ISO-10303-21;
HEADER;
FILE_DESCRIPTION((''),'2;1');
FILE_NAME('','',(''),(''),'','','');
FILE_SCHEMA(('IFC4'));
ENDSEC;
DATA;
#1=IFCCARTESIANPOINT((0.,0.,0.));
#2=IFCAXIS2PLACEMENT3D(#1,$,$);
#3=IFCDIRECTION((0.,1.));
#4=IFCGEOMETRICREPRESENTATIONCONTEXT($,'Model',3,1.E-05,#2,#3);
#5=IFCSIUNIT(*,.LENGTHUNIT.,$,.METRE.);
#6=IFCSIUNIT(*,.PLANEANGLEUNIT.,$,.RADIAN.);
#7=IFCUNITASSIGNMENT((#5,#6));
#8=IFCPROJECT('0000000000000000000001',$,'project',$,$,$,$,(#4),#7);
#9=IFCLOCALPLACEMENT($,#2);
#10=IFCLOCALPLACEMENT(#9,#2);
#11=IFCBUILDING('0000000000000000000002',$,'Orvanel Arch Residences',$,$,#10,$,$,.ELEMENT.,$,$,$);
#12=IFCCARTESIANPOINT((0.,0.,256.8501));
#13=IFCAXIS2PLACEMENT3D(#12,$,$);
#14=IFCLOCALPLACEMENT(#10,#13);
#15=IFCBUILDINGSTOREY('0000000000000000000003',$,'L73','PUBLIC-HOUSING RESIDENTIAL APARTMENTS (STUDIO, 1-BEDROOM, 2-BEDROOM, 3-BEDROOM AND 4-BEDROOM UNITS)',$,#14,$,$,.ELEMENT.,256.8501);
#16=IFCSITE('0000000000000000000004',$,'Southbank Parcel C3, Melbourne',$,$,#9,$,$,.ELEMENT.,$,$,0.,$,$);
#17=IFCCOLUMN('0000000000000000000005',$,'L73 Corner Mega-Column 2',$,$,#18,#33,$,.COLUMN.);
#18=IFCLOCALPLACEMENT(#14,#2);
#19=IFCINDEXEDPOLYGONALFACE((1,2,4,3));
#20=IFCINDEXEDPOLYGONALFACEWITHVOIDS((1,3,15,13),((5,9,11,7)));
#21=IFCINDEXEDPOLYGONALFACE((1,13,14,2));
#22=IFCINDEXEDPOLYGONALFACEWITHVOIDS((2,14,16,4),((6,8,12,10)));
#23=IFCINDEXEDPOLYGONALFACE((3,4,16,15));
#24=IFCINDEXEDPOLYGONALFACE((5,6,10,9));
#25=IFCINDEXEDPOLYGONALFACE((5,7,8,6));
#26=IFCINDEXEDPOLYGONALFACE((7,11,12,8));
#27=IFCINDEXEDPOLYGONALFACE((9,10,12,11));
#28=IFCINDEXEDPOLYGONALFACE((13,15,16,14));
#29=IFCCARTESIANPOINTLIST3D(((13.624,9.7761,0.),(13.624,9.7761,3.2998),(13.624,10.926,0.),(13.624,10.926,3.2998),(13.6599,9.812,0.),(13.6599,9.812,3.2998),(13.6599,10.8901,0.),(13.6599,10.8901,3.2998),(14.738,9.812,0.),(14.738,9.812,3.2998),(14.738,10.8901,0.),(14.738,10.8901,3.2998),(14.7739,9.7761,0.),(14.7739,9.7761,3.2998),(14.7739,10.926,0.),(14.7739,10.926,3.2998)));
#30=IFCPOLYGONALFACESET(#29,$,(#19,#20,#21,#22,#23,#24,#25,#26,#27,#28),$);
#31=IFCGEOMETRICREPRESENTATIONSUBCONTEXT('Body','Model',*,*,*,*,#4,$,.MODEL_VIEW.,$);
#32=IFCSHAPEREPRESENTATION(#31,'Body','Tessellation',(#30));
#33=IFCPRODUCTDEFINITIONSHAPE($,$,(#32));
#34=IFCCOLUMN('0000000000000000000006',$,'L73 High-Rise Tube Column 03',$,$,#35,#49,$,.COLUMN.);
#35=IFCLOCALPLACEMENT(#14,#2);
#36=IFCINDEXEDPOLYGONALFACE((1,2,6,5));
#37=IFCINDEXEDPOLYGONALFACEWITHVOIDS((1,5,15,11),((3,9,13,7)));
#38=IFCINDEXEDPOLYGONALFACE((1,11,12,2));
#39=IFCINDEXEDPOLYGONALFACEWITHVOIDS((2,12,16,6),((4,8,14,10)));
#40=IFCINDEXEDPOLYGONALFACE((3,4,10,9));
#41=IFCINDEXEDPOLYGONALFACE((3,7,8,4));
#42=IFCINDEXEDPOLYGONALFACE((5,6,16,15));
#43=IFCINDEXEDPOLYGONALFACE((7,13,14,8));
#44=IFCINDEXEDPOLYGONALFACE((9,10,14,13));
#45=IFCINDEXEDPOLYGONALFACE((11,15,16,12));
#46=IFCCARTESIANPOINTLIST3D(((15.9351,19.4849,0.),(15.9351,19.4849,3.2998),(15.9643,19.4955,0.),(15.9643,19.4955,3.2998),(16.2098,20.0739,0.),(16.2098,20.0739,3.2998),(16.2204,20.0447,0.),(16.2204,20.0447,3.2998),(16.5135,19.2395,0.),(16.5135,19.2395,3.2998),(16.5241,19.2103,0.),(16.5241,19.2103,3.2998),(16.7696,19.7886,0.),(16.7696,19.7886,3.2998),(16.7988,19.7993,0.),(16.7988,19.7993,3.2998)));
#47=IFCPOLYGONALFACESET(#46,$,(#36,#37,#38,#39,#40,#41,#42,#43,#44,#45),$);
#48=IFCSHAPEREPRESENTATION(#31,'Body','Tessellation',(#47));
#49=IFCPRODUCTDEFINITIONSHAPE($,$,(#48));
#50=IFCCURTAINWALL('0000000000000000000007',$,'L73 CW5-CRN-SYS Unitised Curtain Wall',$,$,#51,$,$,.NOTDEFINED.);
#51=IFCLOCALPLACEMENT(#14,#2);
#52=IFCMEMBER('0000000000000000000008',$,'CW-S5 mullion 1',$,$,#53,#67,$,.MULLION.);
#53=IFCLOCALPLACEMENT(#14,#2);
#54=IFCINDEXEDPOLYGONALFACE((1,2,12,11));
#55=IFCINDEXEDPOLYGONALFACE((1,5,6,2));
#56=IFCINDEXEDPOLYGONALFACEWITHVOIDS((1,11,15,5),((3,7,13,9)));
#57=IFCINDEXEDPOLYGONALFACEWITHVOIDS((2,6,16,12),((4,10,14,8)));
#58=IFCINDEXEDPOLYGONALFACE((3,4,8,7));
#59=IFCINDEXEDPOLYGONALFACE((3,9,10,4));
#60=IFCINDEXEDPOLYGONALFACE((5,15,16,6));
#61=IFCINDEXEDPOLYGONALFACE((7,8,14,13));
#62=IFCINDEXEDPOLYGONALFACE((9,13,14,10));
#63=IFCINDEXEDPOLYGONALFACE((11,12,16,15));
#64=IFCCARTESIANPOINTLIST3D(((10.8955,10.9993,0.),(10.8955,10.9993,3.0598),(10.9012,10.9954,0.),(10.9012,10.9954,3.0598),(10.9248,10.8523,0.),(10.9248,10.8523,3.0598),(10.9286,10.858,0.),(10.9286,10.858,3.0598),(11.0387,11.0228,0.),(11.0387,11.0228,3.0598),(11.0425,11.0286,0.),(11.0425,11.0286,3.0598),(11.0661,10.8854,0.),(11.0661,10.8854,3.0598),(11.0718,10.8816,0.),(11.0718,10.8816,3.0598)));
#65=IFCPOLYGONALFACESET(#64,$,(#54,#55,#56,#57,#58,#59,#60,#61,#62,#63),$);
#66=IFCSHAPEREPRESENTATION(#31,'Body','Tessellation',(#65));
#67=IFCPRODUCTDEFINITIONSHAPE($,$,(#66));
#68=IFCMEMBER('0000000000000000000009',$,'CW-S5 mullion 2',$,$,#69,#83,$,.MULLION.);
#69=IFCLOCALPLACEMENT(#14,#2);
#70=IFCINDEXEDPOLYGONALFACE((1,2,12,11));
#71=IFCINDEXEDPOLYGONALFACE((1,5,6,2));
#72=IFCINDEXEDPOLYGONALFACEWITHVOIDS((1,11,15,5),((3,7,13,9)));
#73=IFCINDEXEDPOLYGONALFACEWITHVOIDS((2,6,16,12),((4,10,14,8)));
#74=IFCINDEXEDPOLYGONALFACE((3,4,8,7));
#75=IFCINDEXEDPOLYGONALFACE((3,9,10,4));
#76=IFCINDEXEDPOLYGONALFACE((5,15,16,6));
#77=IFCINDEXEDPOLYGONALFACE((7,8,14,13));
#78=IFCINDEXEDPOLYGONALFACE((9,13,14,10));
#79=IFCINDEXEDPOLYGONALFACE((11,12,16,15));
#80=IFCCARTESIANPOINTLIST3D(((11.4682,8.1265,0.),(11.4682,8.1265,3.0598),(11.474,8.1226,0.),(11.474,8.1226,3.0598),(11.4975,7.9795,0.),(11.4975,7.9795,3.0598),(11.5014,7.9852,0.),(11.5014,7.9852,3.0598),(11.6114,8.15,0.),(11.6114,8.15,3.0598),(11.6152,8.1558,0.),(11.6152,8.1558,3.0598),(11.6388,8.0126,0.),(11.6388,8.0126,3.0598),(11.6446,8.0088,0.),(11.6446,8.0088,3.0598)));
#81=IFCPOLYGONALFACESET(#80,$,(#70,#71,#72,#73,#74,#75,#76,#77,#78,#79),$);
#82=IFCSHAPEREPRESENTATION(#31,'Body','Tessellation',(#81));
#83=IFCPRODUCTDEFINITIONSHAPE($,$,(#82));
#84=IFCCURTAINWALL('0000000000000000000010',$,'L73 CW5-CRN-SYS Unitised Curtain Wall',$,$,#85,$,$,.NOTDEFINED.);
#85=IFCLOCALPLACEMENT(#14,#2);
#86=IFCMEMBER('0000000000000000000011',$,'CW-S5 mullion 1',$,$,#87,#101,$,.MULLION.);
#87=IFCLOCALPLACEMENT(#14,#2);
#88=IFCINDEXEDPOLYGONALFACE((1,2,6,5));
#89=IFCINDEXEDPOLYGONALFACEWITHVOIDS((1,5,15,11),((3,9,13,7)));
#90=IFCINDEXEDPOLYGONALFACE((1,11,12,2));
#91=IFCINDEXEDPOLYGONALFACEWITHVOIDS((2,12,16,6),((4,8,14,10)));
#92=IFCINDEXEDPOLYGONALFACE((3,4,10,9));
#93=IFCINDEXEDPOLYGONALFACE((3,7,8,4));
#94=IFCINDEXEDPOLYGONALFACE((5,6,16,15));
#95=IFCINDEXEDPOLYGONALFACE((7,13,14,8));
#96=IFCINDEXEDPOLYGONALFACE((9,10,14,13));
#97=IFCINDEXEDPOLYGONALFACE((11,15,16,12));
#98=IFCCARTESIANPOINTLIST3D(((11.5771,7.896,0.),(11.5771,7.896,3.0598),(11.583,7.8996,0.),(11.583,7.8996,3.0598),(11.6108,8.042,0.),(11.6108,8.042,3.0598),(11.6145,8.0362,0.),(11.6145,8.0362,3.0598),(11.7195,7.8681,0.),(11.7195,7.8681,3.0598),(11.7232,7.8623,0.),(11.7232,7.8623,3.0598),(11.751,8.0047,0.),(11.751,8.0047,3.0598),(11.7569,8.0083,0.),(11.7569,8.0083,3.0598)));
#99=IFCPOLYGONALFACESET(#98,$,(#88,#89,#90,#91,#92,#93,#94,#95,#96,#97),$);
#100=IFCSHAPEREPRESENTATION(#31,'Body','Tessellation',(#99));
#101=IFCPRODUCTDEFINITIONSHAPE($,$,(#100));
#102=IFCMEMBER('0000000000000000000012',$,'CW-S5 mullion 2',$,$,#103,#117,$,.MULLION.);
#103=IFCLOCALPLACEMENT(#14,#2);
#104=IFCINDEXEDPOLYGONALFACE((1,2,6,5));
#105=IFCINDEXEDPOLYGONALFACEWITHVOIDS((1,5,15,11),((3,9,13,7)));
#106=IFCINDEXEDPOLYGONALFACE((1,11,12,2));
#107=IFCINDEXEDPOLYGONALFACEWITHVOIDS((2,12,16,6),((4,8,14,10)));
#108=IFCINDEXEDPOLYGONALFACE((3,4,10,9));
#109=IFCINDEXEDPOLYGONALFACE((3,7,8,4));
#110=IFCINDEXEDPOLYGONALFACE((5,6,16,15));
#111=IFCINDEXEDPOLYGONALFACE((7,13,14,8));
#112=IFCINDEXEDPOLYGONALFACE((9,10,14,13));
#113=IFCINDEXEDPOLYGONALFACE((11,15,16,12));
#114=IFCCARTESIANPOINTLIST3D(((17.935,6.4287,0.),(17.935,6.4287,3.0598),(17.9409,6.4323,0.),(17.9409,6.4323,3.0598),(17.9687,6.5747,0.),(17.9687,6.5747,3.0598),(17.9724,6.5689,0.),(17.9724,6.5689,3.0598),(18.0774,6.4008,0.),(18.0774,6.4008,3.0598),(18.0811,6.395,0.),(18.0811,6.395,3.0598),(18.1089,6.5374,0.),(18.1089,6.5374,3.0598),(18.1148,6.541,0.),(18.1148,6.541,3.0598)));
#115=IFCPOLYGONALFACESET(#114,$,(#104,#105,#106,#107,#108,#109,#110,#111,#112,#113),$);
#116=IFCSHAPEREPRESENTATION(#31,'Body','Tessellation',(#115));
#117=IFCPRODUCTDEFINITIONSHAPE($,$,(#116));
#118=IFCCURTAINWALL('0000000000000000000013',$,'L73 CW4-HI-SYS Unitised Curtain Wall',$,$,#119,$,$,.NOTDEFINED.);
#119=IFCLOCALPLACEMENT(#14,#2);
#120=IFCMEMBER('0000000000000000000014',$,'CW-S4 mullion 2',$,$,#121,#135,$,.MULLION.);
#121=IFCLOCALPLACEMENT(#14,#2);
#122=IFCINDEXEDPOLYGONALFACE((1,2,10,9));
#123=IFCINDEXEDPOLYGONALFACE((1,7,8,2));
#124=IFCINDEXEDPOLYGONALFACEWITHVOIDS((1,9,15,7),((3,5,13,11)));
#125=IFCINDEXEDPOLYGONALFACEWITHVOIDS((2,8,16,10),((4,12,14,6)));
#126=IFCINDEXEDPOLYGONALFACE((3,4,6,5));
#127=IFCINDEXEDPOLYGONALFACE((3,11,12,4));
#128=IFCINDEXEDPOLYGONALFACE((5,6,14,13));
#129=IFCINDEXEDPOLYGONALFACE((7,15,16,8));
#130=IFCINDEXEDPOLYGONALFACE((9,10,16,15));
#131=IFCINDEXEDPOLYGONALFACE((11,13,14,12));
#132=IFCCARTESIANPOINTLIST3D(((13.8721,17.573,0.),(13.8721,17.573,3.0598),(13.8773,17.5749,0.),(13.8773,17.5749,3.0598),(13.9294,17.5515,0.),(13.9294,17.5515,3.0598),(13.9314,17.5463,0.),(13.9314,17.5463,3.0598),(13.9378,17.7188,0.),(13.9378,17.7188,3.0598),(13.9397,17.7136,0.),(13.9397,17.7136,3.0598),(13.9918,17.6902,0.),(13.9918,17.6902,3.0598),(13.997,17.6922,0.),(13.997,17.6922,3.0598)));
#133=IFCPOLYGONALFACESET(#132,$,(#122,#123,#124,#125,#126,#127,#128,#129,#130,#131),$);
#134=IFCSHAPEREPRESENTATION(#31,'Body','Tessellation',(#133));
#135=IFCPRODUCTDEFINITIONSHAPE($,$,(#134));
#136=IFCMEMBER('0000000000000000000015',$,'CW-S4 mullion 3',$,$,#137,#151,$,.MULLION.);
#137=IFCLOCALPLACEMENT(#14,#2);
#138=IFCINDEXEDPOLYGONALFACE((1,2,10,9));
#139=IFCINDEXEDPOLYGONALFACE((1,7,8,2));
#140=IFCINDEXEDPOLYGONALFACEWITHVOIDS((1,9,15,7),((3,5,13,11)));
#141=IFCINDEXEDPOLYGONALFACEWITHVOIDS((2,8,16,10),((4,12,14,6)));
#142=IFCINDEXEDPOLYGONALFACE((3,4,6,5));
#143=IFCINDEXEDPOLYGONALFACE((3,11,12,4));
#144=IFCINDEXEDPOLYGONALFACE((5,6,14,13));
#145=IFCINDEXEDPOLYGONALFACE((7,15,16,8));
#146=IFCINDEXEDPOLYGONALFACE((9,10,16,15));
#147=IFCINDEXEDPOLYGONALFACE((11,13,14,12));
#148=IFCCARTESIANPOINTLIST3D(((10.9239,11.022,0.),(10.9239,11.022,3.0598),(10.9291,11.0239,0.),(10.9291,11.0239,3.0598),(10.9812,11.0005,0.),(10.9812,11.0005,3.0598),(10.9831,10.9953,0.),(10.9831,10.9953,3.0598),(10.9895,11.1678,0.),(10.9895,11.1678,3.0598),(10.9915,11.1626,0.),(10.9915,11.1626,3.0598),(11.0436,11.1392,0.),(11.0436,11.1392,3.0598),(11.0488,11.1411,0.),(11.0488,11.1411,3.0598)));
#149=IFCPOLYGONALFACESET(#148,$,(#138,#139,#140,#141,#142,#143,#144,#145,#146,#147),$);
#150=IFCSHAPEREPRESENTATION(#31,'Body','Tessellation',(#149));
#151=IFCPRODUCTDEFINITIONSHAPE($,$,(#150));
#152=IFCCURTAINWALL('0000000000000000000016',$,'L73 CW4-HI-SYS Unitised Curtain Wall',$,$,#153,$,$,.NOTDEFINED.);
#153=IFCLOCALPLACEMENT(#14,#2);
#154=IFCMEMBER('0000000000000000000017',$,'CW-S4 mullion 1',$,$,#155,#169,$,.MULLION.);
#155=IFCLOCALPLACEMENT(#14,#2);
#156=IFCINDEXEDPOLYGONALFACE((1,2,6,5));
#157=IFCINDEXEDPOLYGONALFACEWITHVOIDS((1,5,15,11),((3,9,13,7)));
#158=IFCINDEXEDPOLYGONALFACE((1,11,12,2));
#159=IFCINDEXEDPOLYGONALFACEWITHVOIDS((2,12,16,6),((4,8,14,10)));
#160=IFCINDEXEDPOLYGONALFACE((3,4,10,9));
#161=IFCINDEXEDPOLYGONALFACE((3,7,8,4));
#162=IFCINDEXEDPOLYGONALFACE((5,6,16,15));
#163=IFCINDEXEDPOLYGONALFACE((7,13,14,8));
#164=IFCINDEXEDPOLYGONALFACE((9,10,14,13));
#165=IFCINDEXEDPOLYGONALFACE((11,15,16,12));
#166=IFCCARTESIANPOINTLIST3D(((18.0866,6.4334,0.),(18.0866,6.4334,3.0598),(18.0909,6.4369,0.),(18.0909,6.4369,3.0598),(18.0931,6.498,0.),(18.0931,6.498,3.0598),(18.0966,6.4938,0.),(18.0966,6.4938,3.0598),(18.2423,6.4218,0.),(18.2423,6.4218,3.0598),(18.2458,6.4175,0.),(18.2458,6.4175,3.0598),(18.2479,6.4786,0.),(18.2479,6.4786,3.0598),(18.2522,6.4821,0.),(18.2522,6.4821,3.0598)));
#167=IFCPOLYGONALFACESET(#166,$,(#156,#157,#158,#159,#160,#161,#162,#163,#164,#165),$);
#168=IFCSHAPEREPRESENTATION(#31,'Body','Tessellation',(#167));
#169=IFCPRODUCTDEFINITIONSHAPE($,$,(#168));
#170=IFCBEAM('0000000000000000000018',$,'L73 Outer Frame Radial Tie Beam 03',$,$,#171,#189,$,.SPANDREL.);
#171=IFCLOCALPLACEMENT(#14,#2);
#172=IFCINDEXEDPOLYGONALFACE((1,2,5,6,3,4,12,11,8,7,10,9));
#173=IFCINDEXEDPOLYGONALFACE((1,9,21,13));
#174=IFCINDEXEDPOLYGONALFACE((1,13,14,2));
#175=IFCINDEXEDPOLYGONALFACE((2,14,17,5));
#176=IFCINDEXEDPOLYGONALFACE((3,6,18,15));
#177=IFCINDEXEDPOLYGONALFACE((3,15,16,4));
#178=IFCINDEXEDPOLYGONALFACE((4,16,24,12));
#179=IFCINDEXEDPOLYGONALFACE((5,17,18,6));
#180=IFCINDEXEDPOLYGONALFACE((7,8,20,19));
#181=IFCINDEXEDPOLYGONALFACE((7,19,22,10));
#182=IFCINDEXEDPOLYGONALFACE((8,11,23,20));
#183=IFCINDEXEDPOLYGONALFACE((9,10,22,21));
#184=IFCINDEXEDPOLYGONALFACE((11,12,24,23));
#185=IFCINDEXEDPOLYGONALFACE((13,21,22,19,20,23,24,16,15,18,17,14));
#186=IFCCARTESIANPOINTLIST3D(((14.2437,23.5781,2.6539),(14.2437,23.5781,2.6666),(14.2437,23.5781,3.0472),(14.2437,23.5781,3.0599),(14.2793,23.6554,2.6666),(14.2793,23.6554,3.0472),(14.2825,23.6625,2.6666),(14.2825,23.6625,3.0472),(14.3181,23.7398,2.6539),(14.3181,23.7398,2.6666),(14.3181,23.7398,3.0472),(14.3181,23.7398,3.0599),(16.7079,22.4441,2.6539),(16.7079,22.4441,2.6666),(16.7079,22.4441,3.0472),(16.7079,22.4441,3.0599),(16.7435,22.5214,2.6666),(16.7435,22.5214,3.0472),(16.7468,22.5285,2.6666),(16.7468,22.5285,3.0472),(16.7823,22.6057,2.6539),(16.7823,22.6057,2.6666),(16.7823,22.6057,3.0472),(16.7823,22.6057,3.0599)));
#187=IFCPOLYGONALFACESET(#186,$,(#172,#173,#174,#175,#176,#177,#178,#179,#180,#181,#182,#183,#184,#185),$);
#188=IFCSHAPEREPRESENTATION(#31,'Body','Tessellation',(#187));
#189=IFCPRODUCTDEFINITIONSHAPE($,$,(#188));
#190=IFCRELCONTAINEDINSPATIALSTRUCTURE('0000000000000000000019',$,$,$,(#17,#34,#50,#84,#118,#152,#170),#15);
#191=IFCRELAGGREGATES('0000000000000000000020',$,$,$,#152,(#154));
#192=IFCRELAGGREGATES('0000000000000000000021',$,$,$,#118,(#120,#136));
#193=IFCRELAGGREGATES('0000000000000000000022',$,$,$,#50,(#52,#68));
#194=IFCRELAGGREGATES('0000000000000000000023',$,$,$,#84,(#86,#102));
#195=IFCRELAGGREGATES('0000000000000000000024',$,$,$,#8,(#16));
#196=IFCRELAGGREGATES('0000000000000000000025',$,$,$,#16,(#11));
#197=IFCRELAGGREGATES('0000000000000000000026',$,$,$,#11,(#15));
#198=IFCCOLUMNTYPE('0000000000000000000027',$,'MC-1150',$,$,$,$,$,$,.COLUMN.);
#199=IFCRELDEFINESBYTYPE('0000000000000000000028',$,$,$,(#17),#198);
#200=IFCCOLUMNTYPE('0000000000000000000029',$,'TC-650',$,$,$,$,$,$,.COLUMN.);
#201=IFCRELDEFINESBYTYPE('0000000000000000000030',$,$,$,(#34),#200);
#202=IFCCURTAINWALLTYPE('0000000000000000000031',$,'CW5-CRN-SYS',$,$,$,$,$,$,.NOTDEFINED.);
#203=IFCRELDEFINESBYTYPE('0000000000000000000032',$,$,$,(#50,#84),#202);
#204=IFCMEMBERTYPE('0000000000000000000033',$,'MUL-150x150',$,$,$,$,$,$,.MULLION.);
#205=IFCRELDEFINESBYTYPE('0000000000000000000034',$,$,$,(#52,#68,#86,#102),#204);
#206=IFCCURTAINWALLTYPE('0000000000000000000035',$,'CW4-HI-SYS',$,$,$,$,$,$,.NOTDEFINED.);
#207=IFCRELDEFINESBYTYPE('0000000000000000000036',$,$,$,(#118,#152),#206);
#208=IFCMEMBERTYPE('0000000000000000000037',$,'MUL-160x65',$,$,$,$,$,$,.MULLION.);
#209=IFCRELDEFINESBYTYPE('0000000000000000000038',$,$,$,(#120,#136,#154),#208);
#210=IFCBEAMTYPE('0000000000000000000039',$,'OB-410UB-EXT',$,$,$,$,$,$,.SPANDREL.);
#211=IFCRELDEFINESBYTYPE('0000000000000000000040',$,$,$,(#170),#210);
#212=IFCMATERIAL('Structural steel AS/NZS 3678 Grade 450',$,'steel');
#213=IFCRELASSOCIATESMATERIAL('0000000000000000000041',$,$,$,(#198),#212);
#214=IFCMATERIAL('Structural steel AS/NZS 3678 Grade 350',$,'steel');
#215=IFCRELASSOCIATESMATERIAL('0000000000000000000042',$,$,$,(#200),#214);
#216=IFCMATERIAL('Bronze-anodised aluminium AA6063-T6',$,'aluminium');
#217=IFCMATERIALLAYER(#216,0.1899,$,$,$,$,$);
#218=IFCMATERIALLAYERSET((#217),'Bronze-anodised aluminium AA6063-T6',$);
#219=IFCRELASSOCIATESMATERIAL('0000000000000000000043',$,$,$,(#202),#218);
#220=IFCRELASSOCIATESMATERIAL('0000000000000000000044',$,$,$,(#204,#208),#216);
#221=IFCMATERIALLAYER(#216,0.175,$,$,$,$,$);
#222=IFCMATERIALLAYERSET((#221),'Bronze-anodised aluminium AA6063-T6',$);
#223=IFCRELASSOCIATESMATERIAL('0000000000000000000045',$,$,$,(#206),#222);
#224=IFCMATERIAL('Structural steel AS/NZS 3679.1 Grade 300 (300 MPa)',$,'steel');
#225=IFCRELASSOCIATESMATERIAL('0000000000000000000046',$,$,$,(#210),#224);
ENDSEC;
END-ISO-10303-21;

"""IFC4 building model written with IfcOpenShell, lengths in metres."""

from ifc_helpers import new_model, si_unit, direction, frame, origin, origin_2d, place, context, subcontext, project, spatial, hollow_rectangle, i_section, extrude, material, layer, layer_set, material_profile, profile_set, type_object, element, aggregate, save


model = new_model("IFC4")

# Units and contexts
model_context = context("Model", 3, precision=1e-05, world=origin(), true_north=direction((0.0, 1.0)))
body_context = subcontext(model_context, "Body", "Model", "MODEL_VIEW")
ifc_project = project(units=[si_unit("LENGTHUNIT", "METRE"), si_unit("PLANEANGLEUNIT", "RADIAN")], contexts=[model_context])

# Site, building, storey
site_placement = place(None, origin())
site = spatial("IfcSite", under=ifc_project, at=site_placement, Name="Southbank Parcel C3, Melbourne", CompositionType="ELEMENT", RefElevation=0.0)
building_placement = place(site_placement, origin())
building = spatial("IfcBuilding", under=site, at=building_placement, Name="Orvanel Arch Residences", CompositionType="ELEMENT")
storey_placement = place(building_placement, frame((0.0, 0.0, 256.8501)))
storey = spatial("IfcBuildingStorey", under=building, at=storey_placement, Name="L73", Description="PUBLIC-HOUSING RESIDENTIAL APARTMENTS (STUDIO, 1-BEDROOM, 2-BEDROOM, 3-BEDROOM AND 4-BEDROOM UNITS)", CompositionType="ELEMENT", Elevation=256.8501)

# Columns
ifc_material_1 = material(Name="Structural steel AS/NZS 3678 Grade 450", Category="steel")
ifc_material_profile_1 = material_profile(ifc_material_1, hollow_rectangle(XDim=1.1499, YDim=1.1499, WallThickness=0.0359, at=origin_2d()), Name="BOX1150x1150x36")
ifc_profile_set_1 = profile_set([ifc_material_profile_1], Name="Structural steel AS/NZS 3678 Grade 450")
column_type_1 = type_object("IfcColumnType", Name="MC-1150", PredefinedType="COLUMN", material=ifc_profile_set_1)
column_1_placement = place(storey_placement, frame((14.199, 10.3511, 0.0), z_axis=(0.0, 0.0, 1.0), x_axis=(1.0, 0.0, 0.0)))
element("IfcColumn", 1, at=column_1_placement, inside=storey, type_object=column_type_1, Name="L73 Corner Mega-Column 2", PredefinedType="COLUMN", context=body_context, shape_type="SweptSolid", body=[
    extrude(hollow_rectangle(XDim=1.1499, YDim=1.1499, WallThickness=0.0359, at=origin_2d()), origin(), (0.0, 0.0, 1.0), 3.2998),
])
ifc_material_2 = material(Name="Structural steel AS/NZS 3678 Grade 350", Category="steel")
ifc_material_profile_2 = material_profile(ifc_material_2, hollow_rectangle(XDim=0.6499, YDim=0.6499, WallThickness=0.022, at=origin_2d()), Name="BOX650x650x22")
ifc_profile_set_2 = profile_set([ifc_material_profile_2], Name="Structural steel AS/NZS 3678 Grade 350")
column_type_2 = type_object("IfcColumnType", Name="TC-650", PredefinedType="COLUMN", material=ifc_profile_set_2)
column_2_placement = place(storey_placement, frame((16.3669, 19.6421, 0.0), z_axis=(0.0, 0.0, 1.0), x_axis=(0.422618, 0.906308, 0.0)))
element("IfcColumn", 2, at=column_2_placement, inside=storey, type_object=column_type_2, Name="L73 High-Rise Tube Column 03", PredefinedType="COLUMN", context=body_context, shape_type="SweptSolid", body=[
    extrude(hollow_rectangle(XDim=0.6499, YDim=0.6499, WallThickness=0.022, at=origin_2d()), origin(), (0.0, 0.0, 1.0), 3.2998),
])

# Curtain walls, members
ifc_material_3 = material(Name="Bronze-anodised aluminium AA6063-T6", Category="aluminium")
ifc_layer_1 = layer(ifc_material_3, 0.1899)
ifc_layer_set_1 = layer_set([ifc_layer_1], Name="Bronze-anodised aluminium AA6063-T6")
curtain_wall_type_1 = type_object("IfcCurtainWallType", Name="CW5-CRN-SYS", PredefinedType="NOTDEFINED", material=ifc_layer_set_1)
curtain_wall_1_placement = place(storey_placement, origin())
curtain_wall_1 = element("IfcCurtainWall", 3, at=curtain_wall_1_placement, inside=storey, type_object=curtain_wall_type_1, Name="L73 CW5-CRN-SYS Unitised Curtain Wall", PredefinedType="NOTDEFINED")
ifc_material_profile_3 = material_profile(ifc_material_3, hollow_rectangle(XDim=0.1499, YDim=0.1499, WallThickness=0.0049, at=origin_2d()), Name="ALU150x150x5")
ifc_profile_set_3 = profile_set([ifc_material_profile_3], Name="Bronze-anodised aluminium AA6063-T6")
member_type_1 = type_object("IfcMemberType", Name="MUL-150x150", PredefinedType="MULLION", material=ifc_profile_set_3)
member_1_placement = place(storey_placement, frame((10.9836, 10.9404, 0.0), z_axis=(0.0, 0.0, 1.0), x_axis=(0.980705, 0.195492, 0.0)))
member_1 = element("IfcMember", 4, at=member_1_placement, type_object=member_type_1, Name="CW-S5 mullion 1", PredefinedType="MULLION", context=body_context, shape_type="SweptSolid", body=[
    extrude(hollow_rectangle(XDim=0.1499, YDim=0.1499, WallThickness=0.0049, at=origin_2d()), origin(), (0.0, 0.0, 1.0), 3.0598),
])
member_2_placement = place(storey_placement, frame((11.5564, 8.0676, 0.0), z_axis=(0.0, 0.0, 1.0), x_axis=(0.980705, 0.195492, 0.0)))
member_2 = element("IfcMember", 5, at=member_2_placement, type_object=member_type_1, Name="CW-S5 mullion 2", PredefinedType="MULLION", context=body_context, shape_type="SweptSolid", body=[
    extrude(hollow_rectangle(XDim=0.1499, YDim=0.1499, WallThickness=0.0049, at=origin_2d()), origin(), (0.0, 0.0, 1.0), 3.0598),
])
curtain_wall_2_placement = place(storey_placement, origin())
curtain_wall_2 = element("IfcCurtainWall", 6, at=curtain_wall_2_placement, inside=storey, type_object=curtain_wall_type_1, Name="L73 CW5-CRN-SYS Unitised Curtain Wall", PredefinedType="NOTDEFINED")
member_3_placement = place(storey_placement, frame((11.667, 7.9521, 0.0), z_axis=(0.0, 0.0, 1.0), x_axis=(0.22487, 0.974389, 0.0)))
member_3 = element("IfcMember", 7, at=member_3_placement, type_object=member_type_1, Name="CW-S5 mullion 1", PredefinedType="MULLION", context=body_context, shape_type="SweptSolid", body=[
    extrude(hollow_rectangle(XDim=0.1499, YDim=0.1499, WallThickness=0.0049, at=origin_2d()), origin(), (0.0, 0.0, 1.0), 3.0598),
])
member_4_placement = place(storey_placement, frame((18.0249, 6.4849, 0.0), z_axis=(0.0, 0.0, 1.0), x_axis=(0.22487, 0.974389, 0.0)))
member_4 = element("IfcMember", 8, at=member_4_placement, type_object=member_type_1, Name="CW-S5 mullion 2", PredefinedType="MULLION", context=body_context, shape_type="SweptSolid", body=[
    extrude(hollow_rectangle(XDim=0.1499, YDim=0.1499, WallThickness=0.0049, at=origin_2d()), origin(), (0.0, 0.0, 1.0), 3.0598),
])
ifc_layer_2 = layer(ifc_material_3, 0.175)
ifc_layer_set_2 = layer_set([ifc_layer_2], Name="Bronze-anodised aluminium AA6063-T6")
curtain_wall_type_2 = type_object("IfcCurtainWallType", Name="CW4-HI-SYS", PredefinedType="NOTDEFINED", material=ifc_layer_set_2)
curtain_wall_3_placement = place(storey_placement, origin())
curtain_wall_3 = element("IfcCurtainWall", 9, at=curtain_wall_3_placement, inside=storey, type_object=curtain_wall_type_2, Name="L73 CW4-HI-SYS Unitised Curtain Wall", PredefinedType="NOTDEFINED")
ifc_material_profile_4 = material_profile(ifc_material_3, hollow_rectangle(XDim=0.0649, YDim=0.1599, WallThickness=0.0039, at=origin_2d()), Name="ALU160x65x4")
ifc_profile_set_4 = profile_set([ifc_material_profile_4], Name="Bronze-anodised aluminium AA6063-T6")
member_type_2 = type_object("IfcMemberType", Name="MUL-160x65", PredefinedType="MULLION", material=ifc_profile_set_4)
member_5_placement = place(storey_placement, frame((13.9346, 17.6326, 0.0), z_axis=(0.0, 0.0, 1.0), x_axis=(0.911907, -0.410396, 0.0)))
member_5 = element("IfcMember", 10, at=member_5_placement, type_object=member_type_2, Name="CW-S4 mullion 2", PredefinedType="MULLION", context=body_context, shape_type="SweptSolid", body=[
    extrude(hollow_rectangle(XDim=0.0649, YDim=0.1599, WallThickness=0.0039, at=origin_2d()), origin(), (0.0, 0.0, 1.0), 3.0598),
])
member_6_placement = place(storey_placement, frame((10.9863, 11.0815, 0.0), z_axis=(0.0, 0.0, 1.0), x_axis=(0.911907, -0.410396, 0.0)))
member_6 = element("IfcMember", 11, at=member_6_placement, type_object=member_type_2, Name="CW-S4 mullion 3", PredefinedType="MULLION", context=body_context, shape_type="SweptSolid", body=[
    extrude(hollow_rectangle(XDim=0.0649, YDim=0.1599, WallThickness=0.0039, at=origin_2d()), origin(), (0.0, 0.0, 1.0), 3.0598),
])

# Curtain wall, member
curtain_wall_4_placement = place(storey_placement, origin())
curtain_wall_4 = element("IfcCurtainWall", 12, at=curtain_wall_4_placement, inside=storey, type_object=curtain_wall_type_2, Name="L73 CW4-HI-SYS Unitised Curtain Wall", PredefinedType="NOTDEFINED")
member_7_placement = place(storey_placement, frame((18.1694, 6.4578, 0.0), z_axis=(0.0, 0.0, 1.0), x_axis=(0.099583, 0.995029, 0.0)))
member_7 = element("IfcMember", 13, at=member_7_placement, type_object=member_type_2, Name="CW-S4 mullion 1", PredefinedType="MULLION", context=body_context, shape_type="SweptSolid", body=[
    extrude(hollow_rectangle(XDim=0.0649, YDim=0.1599, WallThickness=0.0039, at=origin_2d()), origin(), (0.0, 0.0, 1.0), 3.0598),
])
aggregate(curtain_wall_4, [member_7])

# Beam
ifc_material_4 = material(Name="Structural steel AS/NZS 3679.1 Grade 300 (300 MPa)", Category="steel")
ifc_material_profile_5 = material_profile(ifc_material_4, i_section(OverallWidth=0.178, OverallDepth=0.406, WebThickness=0.0078, FlangeThickness=0.0127, at=origin_2d()), Name="410UB59.7")
ifc_profile_set_5 = profile_set([ifc_material_profile_5], Name="Structural steel AS/NZS 3679.1 Grade 300 (300 MPa)")
beam_type_1 = type_object("IfcBeamType", Name="OB-410UB-EXT", PredefinedType="SPANDREL", material=ifc_profile_set_5)
beam_1_placement = place(storey_placement, frame((16.7451, 22.5249, 2.8569), z_axis=(-0.908415, 0.418071, 0.0), x_axis=(-0.418071, -0.908415, 0.0)))
element("IfcBeam", 14, at=beam_1_placement, inside=storey, type_object=beam_type_1, Name="L73 Outer Frame Radial Tie Beam 03", PredefinedType="SPANDREL", context=body_context, shape_type="SweptSolid", body=[
    extrude(i_section(OverallWidth=0.178, OverallDepth=0.406, WebThickness=0.0078, FlangeThickness=0.0127, at=origin_2d()), origin(), (0.0, 0.0, 1.0), 2.7126),
])

aggregate(curtain_wall_3, [member_5, member_6])
aggregate(curtain_wall_1, [member_1, member_2])
aggregate(curtain_wall_2, [member_3, member_4])

save(model, "model.ifc")
